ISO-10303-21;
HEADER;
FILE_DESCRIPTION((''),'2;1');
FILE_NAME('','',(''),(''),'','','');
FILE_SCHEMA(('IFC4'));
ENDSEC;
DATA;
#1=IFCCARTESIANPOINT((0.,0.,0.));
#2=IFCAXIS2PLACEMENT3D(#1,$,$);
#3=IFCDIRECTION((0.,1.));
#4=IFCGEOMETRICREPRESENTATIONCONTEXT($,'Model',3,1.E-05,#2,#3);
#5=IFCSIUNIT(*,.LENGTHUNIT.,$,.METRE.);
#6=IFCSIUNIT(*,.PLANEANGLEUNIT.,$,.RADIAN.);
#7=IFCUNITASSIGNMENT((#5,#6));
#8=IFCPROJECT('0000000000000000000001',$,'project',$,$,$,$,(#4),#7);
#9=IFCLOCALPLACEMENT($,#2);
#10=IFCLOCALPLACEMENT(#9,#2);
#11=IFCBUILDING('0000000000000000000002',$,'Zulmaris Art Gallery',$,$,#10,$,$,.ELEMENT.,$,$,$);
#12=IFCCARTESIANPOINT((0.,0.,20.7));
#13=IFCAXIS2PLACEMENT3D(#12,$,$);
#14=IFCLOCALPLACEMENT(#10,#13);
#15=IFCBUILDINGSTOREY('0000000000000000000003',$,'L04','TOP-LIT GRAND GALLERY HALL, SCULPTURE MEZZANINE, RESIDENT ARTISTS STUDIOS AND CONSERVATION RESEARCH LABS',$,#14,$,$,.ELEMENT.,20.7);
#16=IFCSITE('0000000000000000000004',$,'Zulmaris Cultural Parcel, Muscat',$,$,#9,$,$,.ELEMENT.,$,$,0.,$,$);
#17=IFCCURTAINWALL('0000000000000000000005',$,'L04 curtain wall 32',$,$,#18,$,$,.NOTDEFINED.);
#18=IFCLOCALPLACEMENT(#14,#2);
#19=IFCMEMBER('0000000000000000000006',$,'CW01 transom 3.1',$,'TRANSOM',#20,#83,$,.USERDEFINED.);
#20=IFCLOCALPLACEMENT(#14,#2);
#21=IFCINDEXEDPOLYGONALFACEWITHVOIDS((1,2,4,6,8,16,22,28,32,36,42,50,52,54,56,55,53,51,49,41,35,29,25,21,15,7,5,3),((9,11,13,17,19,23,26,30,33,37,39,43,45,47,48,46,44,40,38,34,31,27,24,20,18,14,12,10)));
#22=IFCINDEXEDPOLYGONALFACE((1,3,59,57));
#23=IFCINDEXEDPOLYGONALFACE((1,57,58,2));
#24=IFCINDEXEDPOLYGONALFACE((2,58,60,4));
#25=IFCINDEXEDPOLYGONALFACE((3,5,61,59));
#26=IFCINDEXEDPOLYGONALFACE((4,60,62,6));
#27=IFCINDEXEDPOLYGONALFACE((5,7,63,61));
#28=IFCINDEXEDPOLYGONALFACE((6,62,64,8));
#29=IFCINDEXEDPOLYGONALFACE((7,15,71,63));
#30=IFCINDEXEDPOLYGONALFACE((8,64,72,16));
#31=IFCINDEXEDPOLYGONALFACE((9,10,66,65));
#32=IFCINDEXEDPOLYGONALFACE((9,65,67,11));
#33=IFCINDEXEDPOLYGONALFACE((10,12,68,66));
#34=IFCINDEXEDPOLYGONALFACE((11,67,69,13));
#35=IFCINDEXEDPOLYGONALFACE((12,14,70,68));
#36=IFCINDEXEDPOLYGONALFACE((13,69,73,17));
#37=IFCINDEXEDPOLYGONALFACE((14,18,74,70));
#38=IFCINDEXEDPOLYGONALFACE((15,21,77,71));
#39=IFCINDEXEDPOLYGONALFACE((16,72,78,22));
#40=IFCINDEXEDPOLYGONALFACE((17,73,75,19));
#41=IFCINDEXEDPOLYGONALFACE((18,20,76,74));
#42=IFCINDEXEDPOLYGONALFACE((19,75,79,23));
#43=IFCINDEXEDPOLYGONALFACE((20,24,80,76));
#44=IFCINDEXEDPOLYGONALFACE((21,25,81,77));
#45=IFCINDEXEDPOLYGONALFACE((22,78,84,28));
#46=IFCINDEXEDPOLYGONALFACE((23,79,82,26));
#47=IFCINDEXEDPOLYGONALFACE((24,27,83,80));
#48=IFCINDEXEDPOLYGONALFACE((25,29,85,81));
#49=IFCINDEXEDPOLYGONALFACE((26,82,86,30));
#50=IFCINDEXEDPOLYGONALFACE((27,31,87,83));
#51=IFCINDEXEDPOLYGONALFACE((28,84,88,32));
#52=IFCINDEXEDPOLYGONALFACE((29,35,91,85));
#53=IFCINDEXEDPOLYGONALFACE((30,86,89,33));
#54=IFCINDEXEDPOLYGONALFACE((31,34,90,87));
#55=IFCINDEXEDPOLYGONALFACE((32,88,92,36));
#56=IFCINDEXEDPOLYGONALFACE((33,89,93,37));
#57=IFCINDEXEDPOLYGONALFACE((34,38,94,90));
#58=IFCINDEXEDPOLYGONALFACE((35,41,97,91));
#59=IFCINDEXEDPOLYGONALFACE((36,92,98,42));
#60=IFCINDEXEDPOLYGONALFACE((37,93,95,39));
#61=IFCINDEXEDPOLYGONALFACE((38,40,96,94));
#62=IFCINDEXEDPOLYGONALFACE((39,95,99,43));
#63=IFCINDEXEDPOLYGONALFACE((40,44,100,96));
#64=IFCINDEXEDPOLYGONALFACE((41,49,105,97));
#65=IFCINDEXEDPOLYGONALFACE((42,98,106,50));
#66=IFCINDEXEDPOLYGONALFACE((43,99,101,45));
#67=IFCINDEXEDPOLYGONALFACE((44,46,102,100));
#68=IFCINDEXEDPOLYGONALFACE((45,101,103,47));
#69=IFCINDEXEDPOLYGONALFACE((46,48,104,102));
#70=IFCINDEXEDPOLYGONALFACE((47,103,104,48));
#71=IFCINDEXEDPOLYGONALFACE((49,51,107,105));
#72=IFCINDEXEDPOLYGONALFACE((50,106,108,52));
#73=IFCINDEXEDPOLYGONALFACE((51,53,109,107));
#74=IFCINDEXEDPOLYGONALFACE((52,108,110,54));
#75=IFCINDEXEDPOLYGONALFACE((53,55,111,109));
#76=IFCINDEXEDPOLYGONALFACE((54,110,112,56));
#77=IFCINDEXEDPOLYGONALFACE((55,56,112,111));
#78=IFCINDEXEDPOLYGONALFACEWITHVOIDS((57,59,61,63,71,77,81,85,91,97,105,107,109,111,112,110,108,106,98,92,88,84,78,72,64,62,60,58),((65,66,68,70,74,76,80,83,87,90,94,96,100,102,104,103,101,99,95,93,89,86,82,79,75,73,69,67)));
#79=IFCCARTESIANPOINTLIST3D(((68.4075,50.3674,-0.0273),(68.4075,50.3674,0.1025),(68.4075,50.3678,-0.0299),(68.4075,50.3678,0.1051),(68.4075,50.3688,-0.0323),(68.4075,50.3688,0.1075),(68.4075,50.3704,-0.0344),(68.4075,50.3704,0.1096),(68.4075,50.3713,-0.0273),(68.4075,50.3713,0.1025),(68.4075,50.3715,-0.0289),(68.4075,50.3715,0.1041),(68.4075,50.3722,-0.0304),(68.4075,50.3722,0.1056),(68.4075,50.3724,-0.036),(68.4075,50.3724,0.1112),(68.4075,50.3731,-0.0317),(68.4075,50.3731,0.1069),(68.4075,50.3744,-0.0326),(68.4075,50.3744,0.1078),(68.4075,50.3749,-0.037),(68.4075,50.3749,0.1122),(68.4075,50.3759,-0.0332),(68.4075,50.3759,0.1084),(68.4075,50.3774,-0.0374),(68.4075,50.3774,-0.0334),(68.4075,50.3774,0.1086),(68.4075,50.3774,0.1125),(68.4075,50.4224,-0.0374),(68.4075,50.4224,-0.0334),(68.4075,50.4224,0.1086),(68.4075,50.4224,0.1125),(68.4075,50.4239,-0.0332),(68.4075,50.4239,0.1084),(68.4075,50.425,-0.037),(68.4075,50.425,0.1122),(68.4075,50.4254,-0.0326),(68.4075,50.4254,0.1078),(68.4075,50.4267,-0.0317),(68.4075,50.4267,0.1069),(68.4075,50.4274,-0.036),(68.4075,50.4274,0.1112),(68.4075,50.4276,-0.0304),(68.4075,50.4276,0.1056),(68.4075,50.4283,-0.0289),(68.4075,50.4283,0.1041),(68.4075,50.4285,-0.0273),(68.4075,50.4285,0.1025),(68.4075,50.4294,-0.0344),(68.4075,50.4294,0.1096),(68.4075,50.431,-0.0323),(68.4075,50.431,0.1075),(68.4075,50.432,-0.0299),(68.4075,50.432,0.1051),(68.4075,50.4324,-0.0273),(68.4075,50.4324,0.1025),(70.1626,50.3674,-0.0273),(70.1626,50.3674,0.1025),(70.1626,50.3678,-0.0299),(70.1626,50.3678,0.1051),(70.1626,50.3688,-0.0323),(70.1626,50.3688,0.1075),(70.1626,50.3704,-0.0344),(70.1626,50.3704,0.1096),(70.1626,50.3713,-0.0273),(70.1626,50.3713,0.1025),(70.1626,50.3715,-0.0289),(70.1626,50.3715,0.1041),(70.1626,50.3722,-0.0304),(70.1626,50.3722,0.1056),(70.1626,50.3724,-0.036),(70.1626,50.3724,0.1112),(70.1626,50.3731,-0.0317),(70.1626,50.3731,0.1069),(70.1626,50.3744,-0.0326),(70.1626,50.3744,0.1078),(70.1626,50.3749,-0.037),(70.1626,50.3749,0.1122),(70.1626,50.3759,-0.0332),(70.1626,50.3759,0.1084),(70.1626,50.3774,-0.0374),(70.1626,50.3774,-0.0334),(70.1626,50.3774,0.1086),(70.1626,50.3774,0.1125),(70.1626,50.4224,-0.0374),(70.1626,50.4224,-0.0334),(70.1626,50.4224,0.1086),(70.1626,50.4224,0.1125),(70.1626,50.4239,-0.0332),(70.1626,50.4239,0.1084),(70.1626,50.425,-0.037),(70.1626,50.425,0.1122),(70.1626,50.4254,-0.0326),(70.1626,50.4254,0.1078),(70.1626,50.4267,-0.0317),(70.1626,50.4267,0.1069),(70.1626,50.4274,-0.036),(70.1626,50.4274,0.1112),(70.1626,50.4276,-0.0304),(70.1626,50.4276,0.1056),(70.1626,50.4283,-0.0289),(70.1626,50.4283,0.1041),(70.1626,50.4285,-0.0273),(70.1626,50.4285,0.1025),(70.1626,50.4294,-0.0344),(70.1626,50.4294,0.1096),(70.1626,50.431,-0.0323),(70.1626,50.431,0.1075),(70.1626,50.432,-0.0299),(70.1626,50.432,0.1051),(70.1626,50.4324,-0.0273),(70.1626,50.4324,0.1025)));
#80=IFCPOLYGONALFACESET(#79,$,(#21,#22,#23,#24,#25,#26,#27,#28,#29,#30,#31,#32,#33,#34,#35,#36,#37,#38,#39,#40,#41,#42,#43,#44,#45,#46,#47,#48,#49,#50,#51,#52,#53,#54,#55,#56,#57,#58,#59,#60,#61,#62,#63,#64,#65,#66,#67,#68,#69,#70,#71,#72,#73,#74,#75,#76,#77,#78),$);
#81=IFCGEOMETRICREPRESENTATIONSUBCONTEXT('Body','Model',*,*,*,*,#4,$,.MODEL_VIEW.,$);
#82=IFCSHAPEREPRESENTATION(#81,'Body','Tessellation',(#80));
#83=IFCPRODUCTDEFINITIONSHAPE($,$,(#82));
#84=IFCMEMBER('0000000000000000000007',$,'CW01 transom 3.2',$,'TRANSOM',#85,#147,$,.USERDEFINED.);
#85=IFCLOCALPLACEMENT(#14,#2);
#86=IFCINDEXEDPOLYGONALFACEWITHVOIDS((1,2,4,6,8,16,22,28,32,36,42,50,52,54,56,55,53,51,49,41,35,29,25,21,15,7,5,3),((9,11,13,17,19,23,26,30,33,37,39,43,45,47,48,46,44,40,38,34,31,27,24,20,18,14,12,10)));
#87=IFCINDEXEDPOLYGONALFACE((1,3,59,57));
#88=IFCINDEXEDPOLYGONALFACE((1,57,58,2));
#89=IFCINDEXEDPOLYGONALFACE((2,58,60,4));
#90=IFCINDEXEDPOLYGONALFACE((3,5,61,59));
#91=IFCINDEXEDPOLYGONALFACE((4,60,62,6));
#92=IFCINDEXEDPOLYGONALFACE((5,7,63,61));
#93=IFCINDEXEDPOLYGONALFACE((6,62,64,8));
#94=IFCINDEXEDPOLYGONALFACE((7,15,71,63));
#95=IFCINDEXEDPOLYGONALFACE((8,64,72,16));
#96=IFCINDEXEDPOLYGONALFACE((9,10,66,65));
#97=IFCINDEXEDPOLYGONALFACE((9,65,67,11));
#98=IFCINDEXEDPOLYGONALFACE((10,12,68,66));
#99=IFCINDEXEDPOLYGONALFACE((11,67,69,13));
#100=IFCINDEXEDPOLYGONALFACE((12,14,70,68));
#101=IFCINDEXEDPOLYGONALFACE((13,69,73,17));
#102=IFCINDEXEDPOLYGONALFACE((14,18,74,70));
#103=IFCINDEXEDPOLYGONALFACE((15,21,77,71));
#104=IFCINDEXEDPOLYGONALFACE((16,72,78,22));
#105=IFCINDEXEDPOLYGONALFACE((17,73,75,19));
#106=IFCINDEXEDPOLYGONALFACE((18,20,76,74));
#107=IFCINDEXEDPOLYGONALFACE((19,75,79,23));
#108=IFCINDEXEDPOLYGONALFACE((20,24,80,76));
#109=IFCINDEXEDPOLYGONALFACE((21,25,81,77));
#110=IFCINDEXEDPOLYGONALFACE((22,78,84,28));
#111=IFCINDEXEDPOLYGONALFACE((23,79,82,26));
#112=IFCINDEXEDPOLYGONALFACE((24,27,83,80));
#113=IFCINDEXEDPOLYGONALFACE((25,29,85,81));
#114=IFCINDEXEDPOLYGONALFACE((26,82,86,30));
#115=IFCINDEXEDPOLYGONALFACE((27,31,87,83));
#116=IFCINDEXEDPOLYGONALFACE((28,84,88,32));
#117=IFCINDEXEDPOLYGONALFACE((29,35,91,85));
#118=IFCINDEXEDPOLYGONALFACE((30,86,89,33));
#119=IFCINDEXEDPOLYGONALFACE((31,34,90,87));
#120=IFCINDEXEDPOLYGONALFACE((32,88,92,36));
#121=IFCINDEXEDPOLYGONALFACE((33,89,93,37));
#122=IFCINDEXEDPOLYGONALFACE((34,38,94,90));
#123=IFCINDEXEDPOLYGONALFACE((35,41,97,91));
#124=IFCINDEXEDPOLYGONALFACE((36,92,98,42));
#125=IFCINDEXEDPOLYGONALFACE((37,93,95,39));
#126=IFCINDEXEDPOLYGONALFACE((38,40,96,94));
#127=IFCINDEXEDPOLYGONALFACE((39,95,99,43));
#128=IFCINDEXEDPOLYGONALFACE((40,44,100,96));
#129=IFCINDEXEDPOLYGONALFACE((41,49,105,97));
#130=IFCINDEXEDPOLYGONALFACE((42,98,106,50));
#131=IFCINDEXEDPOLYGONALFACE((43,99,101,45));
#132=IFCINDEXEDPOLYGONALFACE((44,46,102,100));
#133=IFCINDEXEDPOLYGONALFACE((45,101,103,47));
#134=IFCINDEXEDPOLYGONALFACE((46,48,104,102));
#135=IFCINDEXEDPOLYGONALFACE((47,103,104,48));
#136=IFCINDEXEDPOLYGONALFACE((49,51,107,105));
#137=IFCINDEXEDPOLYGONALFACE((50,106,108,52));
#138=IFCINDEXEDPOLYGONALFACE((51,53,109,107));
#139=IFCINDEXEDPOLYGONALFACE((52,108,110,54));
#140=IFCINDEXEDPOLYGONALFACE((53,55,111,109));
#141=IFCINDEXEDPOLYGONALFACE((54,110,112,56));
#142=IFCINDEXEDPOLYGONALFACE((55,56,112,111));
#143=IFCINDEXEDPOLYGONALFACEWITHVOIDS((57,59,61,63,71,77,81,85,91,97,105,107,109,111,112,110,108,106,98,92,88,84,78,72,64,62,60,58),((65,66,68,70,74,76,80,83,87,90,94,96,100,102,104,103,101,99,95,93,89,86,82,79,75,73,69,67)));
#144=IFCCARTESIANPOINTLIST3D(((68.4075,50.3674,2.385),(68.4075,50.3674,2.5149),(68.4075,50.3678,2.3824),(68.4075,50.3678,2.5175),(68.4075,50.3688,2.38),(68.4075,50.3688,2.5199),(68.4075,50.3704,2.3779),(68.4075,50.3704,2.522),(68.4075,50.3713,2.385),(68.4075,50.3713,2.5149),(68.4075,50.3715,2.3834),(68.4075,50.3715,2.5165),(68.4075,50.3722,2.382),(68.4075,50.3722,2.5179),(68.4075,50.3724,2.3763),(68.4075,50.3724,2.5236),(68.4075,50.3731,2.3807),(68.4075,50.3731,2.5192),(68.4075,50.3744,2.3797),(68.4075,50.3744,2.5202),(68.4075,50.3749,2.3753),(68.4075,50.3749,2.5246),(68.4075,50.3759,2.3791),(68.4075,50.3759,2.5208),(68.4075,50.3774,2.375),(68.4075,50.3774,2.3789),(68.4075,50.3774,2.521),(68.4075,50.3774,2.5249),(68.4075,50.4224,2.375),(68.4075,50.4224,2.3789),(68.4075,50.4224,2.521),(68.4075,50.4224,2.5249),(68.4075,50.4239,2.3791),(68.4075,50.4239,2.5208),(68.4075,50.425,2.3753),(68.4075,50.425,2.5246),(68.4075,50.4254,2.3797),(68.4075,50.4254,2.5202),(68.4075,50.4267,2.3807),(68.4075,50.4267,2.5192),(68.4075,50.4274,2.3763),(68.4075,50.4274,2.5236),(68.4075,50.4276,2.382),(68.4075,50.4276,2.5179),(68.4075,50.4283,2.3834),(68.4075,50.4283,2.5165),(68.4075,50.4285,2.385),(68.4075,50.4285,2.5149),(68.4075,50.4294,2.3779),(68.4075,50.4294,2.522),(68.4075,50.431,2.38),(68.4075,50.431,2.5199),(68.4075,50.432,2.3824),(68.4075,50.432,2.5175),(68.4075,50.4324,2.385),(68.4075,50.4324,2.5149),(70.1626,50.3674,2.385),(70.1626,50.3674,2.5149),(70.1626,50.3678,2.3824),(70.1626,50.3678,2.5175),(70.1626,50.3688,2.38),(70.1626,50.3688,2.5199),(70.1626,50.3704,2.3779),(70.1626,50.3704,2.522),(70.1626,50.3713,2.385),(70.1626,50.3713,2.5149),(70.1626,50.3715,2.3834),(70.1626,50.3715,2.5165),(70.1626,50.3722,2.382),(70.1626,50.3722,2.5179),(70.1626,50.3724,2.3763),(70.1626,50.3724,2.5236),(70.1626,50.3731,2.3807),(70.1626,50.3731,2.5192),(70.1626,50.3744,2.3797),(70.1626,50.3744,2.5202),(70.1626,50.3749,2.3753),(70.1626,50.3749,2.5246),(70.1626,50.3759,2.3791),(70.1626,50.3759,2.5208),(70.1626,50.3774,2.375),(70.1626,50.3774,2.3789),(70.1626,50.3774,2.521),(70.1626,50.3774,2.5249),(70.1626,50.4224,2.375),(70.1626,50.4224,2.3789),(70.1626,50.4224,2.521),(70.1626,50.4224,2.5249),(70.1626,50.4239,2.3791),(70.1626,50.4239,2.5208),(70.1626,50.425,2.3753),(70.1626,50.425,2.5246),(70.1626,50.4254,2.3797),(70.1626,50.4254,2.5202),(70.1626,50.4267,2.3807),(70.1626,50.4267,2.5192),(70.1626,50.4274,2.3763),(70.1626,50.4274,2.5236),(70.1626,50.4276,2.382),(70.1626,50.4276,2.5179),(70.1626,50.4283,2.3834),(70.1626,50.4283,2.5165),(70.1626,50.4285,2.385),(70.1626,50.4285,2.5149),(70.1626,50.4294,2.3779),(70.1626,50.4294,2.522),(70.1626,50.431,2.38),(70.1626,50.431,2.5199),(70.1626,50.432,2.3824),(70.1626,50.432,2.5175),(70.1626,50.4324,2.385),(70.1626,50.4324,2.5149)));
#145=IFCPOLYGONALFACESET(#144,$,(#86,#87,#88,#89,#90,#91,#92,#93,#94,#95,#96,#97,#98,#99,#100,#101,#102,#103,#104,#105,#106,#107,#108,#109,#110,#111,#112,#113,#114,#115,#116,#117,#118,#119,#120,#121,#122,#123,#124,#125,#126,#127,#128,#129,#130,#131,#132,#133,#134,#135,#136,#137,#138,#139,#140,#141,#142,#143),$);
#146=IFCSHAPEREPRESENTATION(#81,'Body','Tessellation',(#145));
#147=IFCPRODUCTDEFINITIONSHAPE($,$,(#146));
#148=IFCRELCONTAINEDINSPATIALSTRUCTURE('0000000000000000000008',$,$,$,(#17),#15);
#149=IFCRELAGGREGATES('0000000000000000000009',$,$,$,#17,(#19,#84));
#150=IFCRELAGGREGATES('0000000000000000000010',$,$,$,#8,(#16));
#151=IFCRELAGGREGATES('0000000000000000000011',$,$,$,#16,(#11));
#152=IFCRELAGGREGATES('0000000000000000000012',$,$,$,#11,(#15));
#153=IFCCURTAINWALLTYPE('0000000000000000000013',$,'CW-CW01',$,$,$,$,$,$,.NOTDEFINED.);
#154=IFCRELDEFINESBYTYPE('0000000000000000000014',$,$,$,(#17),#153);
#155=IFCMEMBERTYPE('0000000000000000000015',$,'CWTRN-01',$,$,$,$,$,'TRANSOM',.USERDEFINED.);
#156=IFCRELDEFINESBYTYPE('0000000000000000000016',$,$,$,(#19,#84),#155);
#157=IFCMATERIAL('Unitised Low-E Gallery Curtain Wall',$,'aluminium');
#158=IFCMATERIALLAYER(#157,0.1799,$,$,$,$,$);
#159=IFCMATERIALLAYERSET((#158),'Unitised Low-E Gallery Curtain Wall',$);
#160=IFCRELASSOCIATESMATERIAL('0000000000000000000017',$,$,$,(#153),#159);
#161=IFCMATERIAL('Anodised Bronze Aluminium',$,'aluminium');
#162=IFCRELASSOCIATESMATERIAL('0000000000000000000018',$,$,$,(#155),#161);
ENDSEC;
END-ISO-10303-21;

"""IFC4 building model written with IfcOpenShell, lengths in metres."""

from ifc_helpers import new_model, si_unit, direction, frame, origin, origin_2d, place, context, subcontext, project, spatial, hollow_rectangle, extrude, material, layer, layer_set, material_profile, profile_set, type_object, element, aggregate, save


model = new_model("IFC4")

# Units and contexts
model_context = context("Model", 3, precision=1e-05, world=origin(), true_north=direction((0.0, 1.0)))
body_context = subcontext(model_context, "Body", "Model", "MODEL_VIEW")
ifc_project = project(units=[si_unit("LENGTHUNIT", "METRE"), si_unit("PLANEANGLEUNIT", "RADIAN")], contexts=[model_context])

# Site, building, storey
site_placement = place(None, origin())
site = spatial("IfcSite", under=ifc_project, at=site_placement, Name="Zulmaris Cultural Parcel, Muscat", CompositionType="ELEMENT", RefElevation=0.0)
building_placement = place(site_placement, origin())
building = spatial("IfcBuilding", under=site, at=building_placement, Name="Zulmaris Art Gallery", CompositionType="ELEMENT")
storey_placement = place(building_placement, frame((0.0, 0.0, 20.7)))
storey = spatial("IfcBuildingStorey", under=building, at=storey_placement, Name="L04", Description="TOP-LIT GRAND GALLERY HALL, SCULPTURE MEZZANINE, RESIDENT ARTISTS STUDIOS AND CONSERVATION RESEARCH LABS", CompositionType="ELEMENT", Elevation=20.7)

# Curtain wall, members
ifc_material_1 = material(Name="Unitised Low-E Gallery Curtain Wall", Category="aluminium")
ifc_layer_1 = layer(ifc_material_1, 0.1799)
ifc_layer_set_1 = layer_set([ifc_layer_1], Name="Unitised Low-E Gallery Curtain Wall")
curtain_wall_type = type_object("IfcCurtainWallType", Name="CW-CW01", PredefinedType="NOTDEFINED", material=ifc_layer_set_1)
curtain_wall_placement = place(storey_placement, origin())
curtain_wall = element("IfcCurtainWall", 1, at=curtain_wall_placement, inside=storey, type_object=curtain_wall_type, Name="L04 curtain wall 32", PredefinedType="NOTDEFINED")
ifc_material_2 = material(Name="Anodised Bronze Aluminium", Category="aluminium")
ifc_material_profile_1 = material_profile(ifc_material_2, hollow_rectangle(XDim=0.0649, YDim=0.1499, WallThickness=0.0039, InnerFilletRadius=0.0061, OuterFilletRadius=0.01, at=origin_2d()), Name="ALU 65x150x4")
ifc_profile_set_1 = profile_set([ifc_material_profile_1], Name="Anodised Bronze Aluminium")
member_type_1 = type_object("IfcMemberType", Name="CWTRN-01", ElementType="TRANSOM", PredefinedType="USERDEFINED", material=ifc_profile_set_1)
member_1_placement = place(storey_placement, frame((70.1626, 50.3999, 0.0376), z_axis=(-1.0, 0.0, 0.0), x_axis=(0.0, -1.0, 0.0)))
member_1 = element("IfcMember", 2, at=member_1_placement, type_object=member_type_1, Name="CW01 transom 3.1", ObjectType="TRANSOM", PredefinedType="USERDEFINED", context=body_context, shape_type="SweptSolid", body=[
    extrude(hollow_rectangle(XDim=0.0649, YDim=0.1499, WallThickness=0.0039, InnerFilletRadius=0.0061, OuterFilletRadius=0.01, at=origin_2d()), origin(), (0.0, 0.0, 1.0), 1.7551),
])
member_2_placement = place(storey_placement, frame((70.1626, 50.3999, 2.45), z_axis=(-1.0, 0.0, 0.0), x_axis=(0.0, -1.0, 0.0)))
member_2 = element("IfcMember", 3, at=member_2_placement, type_object=member_type_1, Name="CW01 transom 3.2", ObjectType="TRANSOM", PredefinedType="USERDEFINED", context=body_context, shape_type="SweptSolid", body=[
    extrude(hollow_rectangle(XDim=0.0649, YDim=0.1499, WallThickness=0.0039, InnerFilletRadius=0.0061, OuterFilletRadius=0.01, at=origin_2d()), origin(), (0.0, 0.0, 1.0), 1.7551),
])
aggregate(curtain_wall, [member_1, member_2])

save(model, "model.ifc")
